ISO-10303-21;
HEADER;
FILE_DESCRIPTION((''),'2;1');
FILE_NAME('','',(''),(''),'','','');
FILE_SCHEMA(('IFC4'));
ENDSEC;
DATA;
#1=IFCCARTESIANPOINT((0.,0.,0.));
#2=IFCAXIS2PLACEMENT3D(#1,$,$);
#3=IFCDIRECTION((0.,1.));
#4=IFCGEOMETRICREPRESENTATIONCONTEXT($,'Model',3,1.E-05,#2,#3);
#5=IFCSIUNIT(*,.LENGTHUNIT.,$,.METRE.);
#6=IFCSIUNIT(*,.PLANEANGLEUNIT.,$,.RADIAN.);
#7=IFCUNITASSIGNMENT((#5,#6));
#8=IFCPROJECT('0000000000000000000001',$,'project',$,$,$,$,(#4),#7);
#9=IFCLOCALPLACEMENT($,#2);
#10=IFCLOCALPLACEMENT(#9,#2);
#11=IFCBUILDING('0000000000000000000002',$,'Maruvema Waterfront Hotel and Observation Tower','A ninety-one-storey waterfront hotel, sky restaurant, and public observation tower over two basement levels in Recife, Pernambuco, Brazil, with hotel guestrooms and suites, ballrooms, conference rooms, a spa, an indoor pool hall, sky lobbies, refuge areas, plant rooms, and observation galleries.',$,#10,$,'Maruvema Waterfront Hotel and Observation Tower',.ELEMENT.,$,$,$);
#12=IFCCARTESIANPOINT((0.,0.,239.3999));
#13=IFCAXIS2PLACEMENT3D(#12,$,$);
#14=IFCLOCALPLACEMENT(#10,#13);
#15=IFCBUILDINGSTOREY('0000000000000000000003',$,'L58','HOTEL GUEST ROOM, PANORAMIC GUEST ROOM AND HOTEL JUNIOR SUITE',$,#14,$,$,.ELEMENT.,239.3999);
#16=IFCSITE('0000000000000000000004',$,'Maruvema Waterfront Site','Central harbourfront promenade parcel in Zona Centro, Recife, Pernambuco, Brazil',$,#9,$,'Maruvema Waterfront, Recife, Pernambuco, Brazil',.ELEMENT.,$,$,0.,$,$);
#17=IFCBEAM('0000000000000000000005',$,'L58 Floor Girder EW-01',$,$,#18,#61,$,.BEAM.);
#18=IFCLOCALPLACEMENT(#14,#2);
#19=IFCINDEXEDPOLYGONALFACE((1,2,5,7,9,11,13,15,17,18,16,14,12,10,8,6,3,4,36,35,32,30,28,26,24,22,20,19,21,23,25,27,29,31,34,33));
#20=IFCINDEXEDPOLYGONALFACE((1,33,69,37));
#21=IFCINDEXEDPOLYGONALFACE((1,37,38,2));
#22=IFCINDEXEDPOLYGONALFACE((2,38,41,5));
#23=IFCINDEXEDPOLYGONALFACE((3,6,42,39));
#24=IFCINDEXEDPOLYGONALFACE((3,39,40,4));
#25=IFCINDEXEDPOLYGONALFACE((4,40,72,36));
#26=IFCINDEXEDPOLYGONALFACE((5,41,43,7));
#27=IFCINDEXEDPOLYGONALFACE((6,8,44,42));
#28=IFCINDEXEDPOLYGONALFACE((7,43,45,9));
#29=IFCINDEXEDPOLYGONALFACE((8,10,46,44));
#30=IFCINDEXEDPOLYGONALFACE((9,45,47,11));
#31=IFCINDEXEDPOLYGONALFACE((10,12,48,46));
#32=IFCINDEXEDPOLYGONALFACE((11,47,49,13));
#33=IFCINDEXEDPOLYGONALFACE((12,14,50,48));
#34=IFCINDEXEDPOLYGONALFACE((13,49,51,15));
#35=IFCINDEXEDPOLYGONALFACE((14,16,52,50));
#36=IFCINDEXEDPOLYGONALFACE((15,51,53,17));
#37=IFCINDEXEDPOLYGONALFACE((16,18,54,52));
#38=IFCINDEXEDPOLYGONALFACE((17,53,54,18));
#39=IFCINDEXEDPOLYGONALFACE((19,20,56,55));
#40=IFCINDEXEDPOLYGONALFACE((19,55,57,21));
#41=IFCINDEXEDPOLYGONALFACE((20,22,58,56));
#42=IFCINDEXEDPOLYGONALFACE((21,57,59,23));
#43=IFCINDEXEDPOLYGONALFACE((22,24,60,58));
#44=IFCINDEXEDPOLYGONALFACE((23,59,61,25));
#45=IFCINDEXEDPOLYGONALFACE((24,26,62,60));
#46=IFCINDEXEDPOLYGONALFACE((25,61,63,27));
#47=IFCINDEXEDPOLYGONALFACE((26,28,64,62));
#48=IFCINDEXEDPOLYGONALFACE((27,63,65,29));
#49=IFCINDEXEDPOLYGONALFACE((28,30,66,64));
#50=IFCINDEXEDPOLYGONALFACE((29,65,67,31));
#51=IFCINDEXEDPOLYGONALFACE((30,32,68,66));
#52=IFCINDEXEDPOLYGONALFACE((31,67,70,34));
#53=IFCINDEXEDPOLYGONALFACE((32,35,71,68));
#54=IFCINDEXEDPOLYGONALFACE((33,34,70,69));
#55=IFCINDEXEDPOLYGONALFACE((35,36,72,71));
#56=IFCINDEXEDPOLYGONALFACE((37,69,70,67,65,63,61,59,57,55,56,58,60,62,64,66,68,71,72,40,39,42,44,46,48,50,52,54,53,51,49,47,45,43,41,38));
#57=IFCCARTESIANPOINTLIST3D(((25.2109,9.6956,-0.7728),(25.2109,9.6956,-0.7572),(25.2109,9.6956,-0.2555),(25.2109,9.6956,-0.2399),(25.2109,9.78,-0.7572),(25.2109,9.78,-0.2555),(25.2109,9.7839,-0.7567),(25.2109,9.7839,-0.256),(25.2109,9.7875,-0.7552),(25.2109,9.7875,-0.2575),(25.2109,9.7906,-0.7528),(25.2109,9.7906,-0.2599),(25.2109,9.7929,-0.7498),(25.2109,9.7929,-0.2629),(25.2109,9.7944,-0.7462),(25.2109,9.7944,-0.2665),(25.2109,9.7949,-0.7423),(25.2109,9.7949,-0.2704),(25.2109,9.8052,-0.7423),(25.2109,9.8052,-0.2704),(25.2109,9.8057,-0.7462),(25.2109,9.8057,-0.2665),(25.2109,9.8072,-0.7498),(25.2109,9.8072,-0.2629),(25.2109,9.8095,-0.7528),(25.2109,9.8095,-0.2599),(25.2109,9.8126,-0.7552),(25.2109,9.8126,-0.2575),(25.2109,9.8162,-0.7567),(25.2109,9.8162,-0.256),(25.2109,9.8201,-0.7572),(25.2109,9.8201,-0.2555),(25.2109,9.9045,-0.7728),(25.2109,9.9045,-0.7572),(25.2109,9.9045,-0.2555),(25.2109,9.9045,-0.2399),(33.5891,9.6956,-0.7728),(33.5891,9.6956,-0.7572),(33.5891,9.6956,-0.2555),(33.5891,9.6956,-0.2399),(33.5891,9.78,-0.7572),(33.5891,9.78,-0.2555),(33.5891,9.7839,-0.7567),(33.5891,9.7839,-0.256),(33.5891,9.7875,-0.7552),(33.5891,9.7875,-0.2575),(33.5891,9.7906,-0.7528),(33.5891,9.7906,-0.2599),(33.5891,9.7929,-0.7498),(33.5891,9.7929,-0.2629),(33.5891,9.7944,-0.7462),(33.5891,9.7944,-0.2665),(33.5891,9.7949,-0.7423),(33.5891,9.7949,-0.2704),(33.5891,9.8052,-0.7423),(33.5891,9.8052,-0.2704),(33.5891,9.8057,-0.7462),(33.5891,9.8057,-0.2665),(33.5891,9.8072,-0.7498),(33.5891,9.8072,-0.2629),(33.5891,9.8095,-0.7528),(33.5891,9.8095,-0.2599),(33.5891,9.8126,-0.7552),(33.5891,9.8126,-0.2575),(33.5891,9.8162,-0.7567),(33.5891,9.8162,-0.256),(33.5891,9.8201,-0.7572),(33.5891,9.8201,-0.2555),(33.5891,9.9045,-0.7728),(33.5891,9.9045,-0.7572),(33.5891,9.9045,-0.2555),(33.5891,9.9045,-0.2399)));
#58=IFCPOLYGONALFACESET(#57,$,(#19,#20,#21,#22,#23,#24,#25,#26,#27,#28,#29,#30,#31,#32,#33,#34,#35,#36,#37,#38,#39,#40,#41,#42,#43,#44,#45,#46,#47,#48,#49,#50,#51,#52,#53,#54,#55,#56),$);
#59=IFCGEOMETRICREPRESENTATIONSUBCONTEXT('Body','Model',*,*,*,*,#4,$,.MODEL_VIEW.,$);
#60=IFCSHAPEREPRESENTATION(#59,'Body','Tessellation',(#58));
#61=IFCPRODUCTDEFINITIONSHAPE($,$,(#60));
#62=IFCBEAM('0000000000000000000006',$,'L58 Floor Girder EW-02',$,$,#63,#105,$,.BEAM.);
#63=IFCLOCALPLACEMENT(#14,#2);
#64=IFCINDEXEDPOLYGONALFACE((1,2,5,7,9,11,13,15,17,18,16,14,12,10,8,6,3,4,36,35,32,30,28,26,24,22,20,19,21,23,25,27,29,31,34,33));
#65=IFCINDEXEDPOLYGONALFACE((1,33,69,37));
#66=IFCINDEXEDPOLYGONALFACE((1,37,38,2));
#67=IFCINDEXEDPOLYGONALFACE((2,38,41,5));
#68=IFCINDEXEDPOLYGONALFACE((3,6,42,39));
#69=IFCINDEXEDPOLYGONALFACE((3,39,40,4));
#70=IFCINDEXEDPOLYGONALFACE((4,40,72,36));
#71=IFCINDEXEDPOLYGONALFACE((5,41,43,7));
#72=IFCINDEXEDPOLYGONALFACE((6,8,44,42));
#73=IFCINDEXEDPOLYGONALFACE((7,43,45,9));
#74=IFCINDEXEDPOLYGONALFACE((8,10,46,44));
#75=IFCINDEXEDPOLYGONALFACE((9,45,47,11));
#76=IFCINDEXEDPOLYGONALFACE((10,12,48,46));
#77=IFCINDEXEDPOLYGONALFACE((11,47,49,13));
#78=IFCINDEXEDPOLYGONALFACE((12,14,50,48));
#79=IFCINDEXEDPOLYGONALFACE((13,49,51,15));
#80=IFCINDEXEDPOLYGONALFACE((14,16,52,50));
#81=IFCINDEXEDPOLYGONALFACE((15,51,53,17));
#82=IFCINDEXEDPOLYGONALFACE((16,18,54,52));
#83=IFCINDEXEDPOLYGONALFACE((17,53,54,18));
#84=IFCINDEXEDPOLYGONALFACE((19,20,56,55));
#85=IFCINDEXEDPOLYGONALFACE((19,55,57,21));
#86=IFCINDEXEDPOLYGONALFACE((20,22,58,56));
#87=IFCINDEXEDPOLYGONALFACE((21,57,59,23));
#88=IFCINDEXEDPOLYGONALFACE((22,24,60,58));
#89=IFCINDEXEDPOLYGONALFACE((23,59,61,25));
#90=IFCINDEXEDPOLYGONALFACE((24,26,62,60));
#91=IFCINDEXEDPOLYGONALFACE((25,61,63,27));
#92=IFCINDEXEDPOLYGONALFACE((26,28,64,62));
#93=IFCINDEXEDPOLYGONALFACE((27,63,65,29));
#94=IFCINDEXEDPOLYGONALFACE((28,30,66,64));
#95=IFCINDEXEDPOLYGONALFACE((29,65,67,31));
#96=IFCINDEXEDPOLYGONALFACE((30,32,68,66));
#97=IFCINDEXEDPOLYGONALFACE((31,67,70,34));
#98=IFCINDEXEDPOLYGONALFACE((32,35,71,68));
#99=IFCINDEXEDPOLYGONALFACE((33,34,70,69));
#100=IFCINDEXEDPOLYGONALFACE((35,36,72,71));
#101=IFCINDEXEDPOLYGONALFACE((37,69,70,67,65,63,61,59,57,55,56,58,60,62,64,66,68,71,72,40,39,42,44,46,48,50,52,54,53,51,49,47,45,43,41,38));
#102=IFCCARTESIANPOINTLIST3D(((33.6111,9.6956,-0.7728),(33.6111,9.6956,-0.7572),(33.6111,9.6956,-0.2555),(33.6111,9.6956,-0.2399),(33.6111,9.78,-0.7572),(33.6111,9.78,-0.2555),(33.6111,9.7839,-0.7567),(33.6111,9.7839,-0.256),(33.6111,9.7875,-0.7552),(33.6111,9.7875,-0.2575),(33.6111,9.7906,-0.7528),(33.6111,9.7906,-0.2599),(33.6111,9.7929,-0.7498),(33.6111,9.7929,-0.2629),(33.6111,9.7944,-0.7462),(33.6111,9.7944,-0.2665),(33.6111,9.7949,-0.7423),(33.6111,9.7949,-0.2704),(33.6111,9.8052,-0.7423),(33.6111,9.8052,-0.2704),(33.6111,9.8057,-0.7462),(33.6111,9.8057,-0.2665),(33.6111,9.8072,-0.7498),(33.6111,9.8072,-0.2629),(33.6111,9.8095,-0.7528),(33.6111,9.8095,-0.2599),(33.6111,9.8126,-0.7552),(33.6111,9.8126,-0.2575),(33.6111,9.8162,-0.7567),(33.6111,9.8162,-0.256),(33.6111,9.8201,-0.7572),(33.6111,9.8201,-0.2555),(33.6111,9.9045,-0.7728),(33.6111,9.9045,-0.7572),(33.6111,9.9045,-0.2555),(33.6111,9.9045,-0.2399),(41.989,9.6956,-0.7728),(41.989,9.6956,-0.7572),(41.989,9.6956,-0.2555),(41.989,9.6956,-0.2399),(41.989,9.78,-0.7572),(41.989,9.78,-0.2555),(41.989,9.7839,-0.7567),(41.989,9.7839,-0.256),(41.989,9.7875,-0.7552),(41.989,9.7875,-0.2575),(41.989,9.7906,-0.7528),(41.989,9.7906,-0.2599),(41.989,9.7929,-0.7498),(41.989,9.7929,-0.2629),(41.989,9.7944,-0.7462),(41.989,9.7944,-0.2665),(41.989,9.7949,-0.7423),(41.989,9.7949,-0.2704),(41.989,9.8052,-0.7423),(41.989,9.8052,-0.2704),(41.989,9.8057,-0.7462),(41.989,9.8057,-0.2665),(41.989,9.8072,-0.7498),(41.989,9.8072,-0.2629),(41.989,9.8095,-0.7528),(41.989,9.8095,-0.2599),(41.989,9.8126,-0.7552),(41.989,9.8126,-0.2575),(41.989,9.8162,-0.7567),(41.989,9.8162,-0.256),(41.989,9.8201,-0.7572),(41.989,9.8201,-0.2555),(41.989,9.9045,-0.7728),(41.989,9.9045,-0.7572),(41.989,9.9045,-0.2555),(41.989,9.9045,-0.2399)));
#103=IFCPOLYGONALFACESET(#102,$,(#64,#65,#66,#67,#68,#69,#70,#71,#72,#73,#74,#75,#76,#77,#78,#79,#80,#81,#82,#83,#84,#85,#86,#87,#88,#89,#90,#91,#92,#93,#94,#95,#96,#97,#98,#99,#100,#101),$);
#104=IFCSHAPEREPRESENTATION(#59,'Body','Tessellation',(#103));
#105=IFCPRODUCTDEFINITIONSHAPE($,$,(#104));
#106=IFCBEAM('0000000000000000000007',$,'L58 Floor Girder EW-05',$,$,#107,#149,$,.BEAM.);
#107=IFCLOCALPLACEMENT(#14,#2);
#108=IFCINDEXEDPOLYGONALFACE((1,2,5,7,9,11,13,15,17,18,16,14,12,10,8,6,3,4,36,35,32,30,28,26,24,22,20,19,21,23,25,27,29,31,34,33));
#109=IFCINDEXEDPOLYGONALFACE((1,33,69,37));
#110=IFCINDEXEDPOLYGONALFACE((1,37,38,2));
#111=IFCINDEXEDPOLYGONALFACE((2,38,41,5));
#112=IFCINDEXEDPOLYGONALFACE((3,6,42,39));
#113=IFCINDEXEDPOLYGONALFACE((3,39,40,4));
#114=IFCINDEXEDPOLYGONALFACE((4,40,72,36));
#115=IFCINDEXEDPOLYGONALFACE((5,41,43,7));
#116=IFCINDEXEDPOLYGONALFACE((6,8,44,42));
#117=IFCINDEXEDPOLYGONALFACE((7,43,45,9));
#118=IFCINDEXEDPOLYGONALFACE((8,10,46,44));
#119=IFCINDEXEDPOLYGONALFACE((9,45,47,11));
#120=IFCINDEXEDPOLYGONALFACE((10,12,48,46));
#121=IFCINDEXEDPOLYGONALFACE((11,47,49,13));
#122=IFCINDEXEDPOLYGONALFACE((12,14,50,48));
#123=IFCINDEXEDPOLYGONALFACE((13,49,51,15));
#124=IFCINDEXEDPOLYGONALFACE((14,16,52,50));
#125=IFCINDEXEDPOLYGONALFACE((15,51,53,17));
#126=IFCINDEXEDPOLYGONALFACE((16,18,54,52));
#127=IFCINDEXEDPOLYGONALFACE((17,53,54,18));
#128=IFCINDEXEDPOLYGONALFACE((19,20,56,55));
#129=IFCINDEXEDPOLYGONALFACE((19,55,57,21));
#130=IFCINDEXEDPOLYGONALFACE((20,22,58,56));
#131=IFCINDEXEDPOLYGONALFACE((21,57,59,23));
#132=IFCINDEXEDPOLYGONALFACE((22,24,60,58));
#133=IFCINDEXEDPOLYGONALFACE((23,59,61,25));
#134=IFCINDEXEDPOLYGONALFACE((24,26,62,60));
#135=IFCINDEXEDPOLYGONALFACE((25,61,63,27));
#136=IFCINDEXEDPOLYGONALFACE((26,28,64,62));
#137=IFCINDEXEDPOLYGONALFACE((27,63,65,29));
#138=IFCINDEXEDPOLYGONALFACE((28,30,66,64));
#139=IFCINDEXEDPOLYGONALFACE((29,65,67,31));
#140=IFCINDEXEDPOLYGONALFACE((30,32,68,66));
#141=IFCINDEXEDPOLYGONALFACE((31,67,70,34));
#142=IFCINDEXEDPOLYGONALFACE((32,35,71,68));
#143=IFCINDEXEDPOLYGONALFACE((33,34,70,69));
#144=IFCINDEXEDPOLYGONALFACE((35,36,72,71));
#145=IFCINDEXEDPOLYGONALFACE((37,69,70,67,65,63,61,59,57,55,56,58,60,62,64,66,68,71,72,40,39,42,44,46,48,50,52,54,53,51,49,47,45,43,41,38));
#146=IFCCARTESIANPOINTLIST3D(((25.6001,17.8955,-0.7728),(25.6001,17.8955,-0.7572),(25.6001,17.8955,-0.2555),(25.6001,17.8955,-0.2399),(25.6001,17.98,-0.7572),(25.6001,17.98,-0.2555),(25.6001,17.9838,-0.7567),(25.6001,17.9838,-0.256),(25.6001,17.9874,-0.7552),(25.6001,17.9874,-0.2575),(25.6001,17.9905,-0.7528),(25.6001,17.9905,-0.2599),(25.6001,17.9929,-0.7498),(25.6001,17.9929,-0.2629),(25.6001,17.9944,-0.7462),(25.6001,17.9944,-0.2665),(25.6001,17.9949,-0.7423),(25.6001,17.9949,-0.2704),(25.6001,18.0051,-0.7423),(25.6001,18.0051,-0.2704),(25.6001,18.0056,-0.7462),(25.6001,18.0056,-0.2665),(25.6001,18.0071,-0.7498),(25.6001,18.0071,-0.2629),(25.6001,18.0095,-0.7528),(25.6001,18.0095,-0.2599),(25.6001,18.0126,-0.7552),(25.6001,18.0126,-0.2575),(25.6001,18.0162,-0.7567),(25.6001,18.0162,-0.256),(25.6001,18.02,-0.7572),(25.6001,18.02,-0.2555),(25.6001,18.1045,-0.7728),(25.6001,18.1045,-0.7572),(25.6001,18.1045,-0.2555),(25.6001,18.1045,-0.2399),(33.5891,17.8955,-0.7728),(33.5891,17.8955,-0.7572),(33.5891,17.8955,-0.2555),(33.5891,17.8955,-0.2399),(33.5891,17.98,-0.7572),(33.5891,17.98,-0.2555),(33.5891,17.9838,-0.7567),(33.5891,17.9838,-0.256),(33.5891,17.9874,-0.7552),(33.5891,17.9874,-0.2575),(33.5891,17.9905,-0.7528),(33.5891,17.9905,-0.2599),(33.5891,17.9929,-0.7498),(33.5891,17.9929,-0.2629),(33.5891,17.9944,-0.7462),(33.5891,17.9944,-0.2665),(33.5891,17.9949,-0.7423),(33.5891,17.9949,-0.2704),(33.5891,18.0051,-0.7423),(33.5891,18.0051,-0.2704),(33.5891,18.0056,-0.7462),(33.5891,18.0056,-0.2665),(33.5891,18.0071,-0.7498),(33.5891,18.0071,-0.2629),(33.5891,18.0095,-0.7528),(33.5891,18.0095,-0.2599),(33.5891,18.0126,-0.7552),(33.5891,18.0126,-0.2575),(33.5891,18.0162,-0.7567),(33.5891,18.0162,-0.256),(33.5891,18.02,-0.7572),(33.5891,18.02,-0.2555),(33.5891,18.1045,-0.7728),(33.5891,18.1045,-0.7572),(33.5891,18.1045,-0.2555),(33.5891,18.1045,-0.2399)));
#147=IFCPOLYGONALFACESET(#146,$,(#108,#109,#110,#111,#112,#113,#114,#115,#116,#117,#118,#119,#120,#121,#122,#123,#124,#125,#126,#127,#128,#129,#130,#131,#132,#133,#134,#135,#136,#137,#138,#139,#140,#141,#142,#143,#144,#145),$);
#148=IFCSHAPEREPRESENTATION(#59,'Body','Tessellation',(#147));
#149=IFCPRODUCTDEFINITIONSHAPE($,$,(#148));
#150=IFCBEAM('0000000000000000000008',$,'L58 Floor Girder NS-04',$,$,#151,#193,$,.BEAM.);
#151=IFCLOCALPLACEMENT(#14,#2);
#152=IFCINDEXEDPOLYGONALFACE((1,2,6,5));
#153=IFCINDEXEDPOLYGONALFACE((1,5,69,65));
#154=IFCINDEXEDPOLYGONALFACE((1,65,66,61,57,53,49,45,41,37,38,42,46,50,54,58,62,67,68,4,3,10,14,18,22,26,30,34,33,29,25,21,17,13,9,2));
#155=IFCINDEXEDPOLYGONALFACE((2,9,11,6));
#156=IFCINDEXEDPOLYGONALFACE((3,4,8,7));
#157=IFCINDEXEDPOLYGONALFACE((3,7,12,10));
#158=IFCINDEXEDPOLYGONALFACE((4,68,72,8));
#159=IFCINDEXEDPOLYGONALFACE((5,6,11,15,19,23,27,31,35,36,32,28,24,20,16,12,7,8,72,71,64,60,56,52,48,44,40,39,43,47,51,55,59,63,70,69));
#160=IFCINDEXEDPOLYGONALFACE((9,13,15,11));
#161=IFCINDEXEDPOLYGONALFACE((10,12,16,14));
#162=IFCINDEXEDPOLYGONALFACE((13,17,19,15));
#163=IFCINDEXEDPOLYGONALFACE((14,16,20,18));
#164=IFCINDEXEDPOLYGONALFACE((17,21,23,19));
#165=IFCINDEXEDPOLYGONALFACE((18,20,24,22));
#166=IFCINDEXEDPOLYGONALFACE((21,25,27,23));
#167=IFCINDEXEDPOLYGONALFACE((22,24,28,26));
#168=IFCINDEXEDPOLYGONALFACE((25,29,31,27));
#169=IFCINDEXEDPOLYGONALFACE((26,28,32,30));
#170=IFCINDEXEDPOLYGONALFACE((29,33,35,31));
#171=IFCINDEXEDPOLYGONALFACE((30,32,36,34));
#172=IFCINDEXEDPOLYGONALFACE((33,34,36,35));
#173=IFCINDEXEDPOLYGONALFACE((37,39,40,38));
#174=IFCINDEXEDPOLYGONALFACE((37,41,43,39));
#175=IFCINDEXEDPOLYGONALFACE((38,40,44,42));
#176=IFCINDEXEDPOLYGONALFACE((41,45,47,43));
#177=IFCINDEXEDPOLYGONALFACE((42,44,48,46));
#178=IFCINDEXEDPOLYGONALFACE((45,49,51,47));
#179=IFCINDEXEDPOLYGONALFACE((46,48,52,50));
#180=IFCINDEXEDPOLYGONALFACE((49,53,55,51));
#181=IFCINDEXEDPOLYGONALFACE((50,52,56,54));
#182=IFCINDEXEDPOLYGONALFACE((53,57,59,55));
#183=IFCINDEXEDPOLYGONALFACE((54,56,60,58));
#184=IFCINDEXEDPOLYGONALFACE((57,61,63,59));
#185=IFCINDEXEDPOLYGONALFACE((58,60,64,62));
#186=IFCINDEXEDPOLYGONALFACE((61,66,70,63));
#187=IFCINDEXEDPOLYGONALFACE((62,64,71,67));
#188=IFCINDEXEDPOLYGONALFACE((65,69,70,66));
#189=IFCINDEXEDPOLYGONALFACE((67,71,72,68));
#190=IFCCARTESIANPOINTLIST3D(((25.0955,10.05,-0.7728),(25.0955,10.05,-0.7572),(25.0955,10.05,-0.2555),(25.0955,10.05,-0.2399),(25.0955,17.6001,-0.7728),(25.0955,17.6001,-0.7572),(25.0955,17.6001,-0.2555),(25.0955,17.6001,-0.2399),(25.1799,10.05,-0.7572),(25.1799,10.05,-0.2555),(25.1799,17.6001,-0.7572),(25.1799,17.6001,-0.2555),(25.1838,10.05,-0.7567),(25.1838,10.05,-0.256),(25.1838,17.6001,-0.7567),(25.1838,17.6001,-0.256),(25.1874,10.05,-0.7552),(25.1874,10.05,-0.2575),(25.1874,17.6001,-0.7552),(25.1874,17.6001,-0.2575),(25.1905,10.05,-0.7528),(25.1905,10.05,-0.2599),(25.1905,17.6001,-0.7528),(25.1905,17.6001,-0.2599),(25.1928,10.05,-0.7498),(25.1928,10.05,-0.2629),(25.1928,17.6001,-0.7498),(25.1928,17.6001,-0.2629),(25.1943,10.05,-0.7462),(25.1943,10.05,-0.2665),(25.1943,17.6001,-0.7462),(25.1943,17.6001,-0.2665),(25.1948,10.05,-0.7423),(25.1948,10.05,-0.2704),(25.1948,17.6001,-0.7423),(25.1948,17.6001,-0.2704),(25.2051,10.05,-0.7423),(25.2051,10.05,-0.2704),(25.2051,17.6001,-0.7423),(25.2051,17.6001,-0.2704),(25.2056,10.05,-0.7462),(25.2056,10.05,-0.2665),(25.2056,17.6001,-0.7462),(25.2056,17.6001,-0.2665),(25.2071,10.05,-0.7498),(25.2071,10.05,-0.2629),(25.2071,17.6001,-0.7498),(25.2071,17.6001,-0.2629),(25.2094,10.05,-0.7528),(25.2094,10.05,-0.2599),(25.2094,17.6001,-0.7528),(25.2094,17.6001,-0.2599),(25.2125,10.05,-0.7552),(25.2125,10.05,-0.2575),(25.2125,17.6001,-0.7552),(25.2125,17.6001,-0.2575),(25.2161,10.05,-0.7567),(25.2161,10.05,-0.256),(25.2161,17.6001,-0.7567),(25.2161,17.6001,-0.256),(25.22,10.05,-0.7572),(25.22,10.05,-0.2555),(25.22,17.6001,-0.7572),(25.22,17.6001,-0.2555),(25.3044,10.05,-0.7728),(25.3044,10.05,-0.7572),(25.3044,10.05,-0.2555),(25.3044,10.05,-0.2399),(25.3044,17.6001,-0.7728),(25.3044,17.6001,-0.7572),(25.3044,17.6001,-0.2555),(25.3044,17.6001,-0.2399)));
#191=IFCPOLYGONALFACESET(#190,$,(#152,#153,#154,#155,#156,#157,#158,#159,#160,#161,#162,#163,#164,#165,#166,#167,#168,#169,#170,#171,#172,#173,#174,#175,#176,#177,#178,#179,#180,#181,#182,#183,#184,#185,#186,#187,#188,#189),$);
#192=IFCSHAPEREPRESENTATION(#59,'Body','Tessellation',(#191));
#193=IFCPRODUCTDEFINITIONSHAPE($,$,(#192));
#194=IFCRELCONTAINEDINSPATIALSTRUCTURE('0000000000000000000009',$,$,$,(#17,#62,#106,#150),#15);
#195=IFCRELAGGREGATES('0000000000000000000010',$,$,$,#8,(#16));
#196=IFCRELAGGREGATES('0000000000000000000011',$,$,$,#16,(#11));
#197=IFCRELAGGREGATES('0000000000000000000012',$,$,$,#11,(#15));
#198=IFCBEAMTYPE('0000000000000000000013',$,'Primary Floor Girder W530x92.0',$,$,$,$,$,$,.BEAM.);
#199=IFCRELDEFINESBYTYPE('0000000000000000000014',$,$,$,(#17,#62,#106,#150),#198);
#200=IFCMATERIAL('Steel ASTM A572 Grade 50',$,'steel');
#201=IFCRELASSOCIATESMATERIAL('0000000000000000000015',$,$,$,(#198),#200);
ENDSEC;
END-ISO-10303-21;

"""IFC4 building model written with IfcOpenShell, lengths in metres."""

from ifc_helpers import new_model, si_unit, direction, frame, origin, origin_2d, place, context, subcontext, project, spatial, i_section, extrude, material, material_profile, profile_set, type_object, element, save


model = new_model("IFC4")

# Units and contexts
model_context = context("Model", 3, precision=1e-05, world=origin(), true_north=direction((0.0, 1.0)))
body_context = subcontext(model_context, "Body", "Model", "MODEL_VIEW")
ifc_project = project(units=[si_unit("LENGTHUNIT", "METRE"), si_unit("PLANEANGLEUNIT", "RADIAN")], contexts=[model_context])

# Site, building, storey
site_placement = place(None, origin())
site = spatial("IfcSite", under=ifc_project, at=site_placement, Name="Maruvema Waterfront Site", Description="Central harbourfront promenade parcel in Zona Centro, Recife, Pernambuco, Brazil", LongName="Maruvema Waterfront, Recife, Pernambuco, Brazil", CompositionType="ELEMENT", RefElevation=0.0)
building_placement = place(site_placement, origin())
building = spatial("IfcBuilding", under=site, at=building_placement, Name="Maruvema Waterfront Hotel and Observation Tower", Description="A ninety-one-storey waterfront hotel, sky restaurant, and public observation tower over two basement levels in Recife, Pernambuco, Brazil, with hotel guestrooms and suites, ballrooms, conference rooms, a spa, an indoor pool hall, sky lobbies, refuge areas, plant rooms, and observation galleries.", LongName="Maruvema Waterfront Hotel and Observation Tower", CompositionType="ELEMENT")
storey_placement = place(building_placement, frame((0.0, 0.0, 239.3999)))
storey = spatial("IfcBuildingStorey", under=building, at=storey_placement, Name="L58", Description="HOTEL GUEST ROOM, PANORAMIC GUEST ROOM AND HOTEL JUNIOR SUITE", CompositionType="ELEMENT", Elevation=239.3999)

# Beams
ifc_material_1 = material(Name="Steel ASTM A572 Grade 50", Category="steel")
ifc_material_profile_1 = material_profile(ifc_material_1, i_section(OverallWidth=0.209, OverallDepth=0.533, WebThickness=0.0103, FlangeThickness=0.0156, FilletRadius=0.0149, at=origin_2d()), Name="W530x92.0")
ifc_profile_set_1 = profile_set([ifc_material_profile_1], Name="Steel ASTM A572 Grade 50")
beam_type_1 = type_object("IfcBeamType", Name="Primary Floor Girder W530x92.0", PredefinedType="BEAM", material=ifc_profile_set_1)
beam_1_placement = place(storey_placement, frame((25.2109, 9.8, -0.5063), z_axis=(1.0, 0.0, 0.0), x_axis=(0.0, 1.0, 0.0)))
element("IfcBeam", 1, at=beam_1_placement, inside=storey, type_object=beam_type_1, Name="L58 Floor Girder EW-01", PredefinedType="BEAM", context=body_context, shape_type="SweptSolid", body=[
    extrude(i_section(OverallWidth=0.209, OverallDepth=0.533, WebThickness=0.0103, FlangeThickness=0.0156, FilletRadius=0.0149, at=origin_2d()), origin(), (0.0, 0.0, 1.0), 8.3782),
])
beam_2_placement = place(storey_placement, frame((33.6111, 9.8, -0.5063), z_axis=(1.0, 0.0, 0.0), x_axis=(0.0, 1.0, 0.0)))
element("IfcBeam", 2, at=beam_2_placement, inside=storey, type_object=beam_type_1, Name="L58 Floor Girder EW-02", PredefinedType="BEAM", context=body_context, shape_type="SweptSolid", body=[
    extrude(i_section(OverallWidth=0.209, OverallDepth=0.533, WebThickness=0.0103, FlangeThickness=0.0156, FilletRadius=0.0149, at=origin_2d()), origin(), (0.0, 0.0, 1.0), 8.3779),
])
beam_3_placement = place(storey_placement, frame((25.6001, 18.0, -0.5063), z_axis=(1.0, 0.0, 0.0), x_axis=(0.0, 1.0, 0.0)))
element("IfcBeam", 3, at=beam_3_placement, inside=storey, type_object=beam_type_1, Name="L58 Floor Girder EW-05", PredefinedType="BEAM", context=body_context, shape_type="SweptSolid", body=[
    extrude(i_section(OverallWidth=0.209, OverallDepth=0.533, WebThickness=0.0103, FlangeThickness=0.0156, FilletRadius=0.0149, at=origin_2d()), origin(), (0.0, 0.0, 1.0), 7.989),
])
beam_4_placement = place(storey_placement, frame((25.2, 10.05, -0.5063), z_axis=(0.0, 1.0, 0.0), x_axis=(-1.0, 0.0, 0.0)))
element("IfcBeam", 4, at=beam_4_placement, inside=storey, type_object=beam_type_1, Name="L58 Floor Girder NS-04", PredefinedType="BEAM", context=body_context, shape_type="SweptSolid", body=[
    extrude(i_section(OverallWidth=0.209, OverallDepth=0.533, WebThickness=0.0103, FlangeThickness=0.0156, FilletRadius=0.0149, at=origin_2d()), origin(), (0.0, 0.0, 1.0), 7.55),
])

save(model, "model.ifc")
